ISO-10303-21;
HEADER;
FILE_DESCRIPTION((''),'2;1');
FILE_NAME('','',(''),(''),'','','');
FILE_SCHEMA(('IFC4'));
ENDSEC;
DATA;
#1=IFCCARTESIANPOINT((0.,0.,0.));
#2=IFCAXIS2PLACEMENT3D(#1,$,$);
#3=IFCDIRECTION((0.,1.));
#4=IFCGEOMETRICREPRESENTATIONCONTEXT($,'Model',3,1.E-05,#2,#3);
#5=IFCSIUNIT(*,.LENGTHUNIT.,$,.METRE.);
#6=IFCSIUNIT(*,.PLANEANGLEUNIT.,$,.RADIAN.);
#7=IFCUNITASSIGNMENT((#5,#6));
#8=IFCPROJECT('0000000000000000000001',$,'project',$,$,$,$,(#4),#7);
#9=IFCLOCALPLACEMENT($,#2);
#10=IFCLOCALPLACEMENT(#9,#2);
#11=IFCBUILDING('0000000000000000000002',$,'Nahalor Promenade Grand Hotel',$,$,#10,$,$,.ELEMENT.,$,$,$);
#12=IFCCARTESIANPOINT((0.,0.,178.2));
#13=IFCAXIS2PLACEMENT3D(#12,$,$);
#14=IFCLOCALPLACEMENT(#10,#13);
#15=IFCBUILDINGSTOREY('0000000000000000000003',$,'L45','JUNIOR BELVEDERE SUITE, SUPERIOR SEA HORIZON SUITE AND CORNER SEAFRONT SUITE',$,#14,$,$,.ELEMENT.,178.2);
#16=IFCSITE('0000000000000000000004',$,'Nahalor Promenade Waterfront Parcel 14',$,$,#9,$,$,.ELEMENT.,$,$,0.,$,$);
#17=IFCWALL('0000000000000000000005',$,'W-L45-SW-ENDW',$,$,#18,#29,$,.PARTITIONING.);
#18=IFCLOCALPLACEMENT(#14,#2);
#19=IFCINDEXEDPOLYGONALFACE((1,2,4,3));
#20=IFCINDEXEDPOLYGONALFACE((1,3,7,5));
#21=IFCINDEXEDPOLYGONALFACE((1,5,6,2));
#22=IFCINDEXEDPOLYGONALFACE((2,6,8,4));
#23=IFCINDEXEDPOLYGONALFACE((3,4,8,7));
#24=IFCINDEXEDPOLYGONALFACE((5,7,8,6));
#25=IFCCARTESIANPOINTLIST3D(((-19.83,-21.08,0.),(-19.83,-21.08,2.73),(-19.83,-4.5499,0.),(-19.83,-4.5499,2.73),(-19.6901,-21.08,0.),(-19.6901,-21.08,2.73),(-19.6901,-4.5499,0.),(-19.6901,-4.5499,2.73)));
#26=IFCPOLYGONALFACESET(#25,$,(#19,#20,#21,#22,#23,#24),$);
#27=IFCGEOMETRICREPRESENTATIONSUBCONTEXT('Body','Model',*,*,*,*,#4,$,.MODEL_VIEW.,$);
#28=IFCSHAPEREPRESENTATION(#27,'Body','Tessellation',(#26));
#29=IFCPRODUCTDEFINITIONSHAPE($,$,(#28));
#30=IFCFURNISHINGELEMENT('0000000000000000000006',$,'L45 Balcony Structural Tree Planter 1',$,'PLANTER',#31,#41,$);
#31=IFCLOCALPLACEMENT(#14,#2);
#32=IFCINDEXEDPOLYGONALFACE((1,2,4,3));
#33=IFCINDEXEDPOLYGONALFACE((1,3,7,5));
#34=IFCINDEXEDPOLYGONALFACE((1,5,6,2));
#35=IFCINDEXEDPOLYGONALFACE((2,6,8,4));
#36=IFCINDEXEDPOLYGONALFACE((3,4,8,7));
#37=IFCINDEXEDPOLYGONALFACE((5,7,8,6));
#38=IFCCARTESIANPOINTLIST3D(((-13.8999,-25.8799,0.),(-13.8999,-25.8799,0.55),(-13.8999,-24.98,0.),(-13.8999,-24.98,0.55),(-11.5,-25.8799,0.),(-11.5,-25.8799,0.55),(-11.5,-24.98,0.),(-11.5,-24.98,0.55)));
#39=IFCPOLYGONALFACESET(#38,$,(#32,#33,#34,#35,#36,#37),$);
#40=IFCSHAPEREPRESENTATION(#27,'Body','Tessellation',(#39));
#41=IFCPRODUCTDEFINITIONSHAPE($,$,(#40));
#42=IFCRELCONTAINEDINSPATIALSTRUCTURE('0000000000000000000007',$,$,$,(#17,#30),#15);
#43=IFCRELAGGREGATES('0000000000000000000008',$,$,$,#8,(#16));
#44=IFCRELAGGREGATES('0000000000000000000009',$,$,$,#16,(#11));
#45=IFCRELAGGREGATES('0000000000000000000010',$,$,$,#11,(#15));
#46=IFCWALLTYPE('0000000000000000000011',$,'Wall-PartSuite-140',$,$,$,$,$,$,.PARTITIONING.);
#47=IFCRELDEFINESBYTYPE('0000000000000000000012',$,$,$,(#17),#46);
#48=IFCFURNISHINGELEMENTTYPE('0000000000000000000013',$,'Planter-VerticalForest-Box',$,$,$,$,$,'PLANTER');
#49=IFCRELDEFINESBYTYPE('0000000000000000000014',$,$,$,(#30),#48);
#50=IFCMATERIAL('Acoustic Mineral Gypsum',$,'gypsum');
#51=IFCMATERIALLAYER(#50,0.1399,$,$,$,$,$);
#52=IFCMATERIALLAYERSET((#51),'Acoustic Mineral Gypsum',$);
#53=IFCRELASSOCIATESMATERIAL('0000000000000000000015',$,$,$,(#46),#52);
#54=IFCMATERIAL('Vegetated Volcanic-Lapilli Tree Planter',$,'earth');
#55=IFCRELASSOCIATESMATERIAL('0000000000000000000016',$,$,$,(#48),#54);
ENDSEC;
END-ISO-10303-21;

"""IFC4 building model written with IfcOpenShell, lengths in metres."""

from ifc_helpers import new_model, si_unit, direction, frame, frame_2d, origin, origin_2d, place, context, subcontext, project, spatial, rectangle, extrude, source, transform, mapped, material, layer, layer_set, type_object, element, save


model = new_model("IFC4")

# Units and contexts
model_context = context("Model", 3, precision=1e-05, world=origin(), true_north=direction((0.0, 1.0)))
body_context = subcontext(model_context, "Body", "Model", "MODEL_VIEW")
ifc_project = project(units=[si_unit("LENGTHUNIT", "METRE"), si_unit("PLANEANGLEUNIT", "RADIAN")], contexts=[model_context])

# Site, building, storey
site_placement = place(None, origin())
site = spatial("IfcSite", under=ifc_project, at=site_placement, Name="Nahalor Promenade Waterfront Parcel 14", CompositionType="ELEMENT", RefElevation=0.0)
building_placement = place(site_placement, origin())
building = spatial("IfcBuilding", under=site, at=building_placement, Name="Nahalor Promenade Grand Hotel", CompositionType="ELEMENT")
storey_placement = place(building_placement, frame((0.0, 0.0, 178.2)))
storey = spatial("IfcBuildingStorey", under=building, at=storey_placement, Name="L45", Description="JUNIOR BELVEDERE SUITE, SUPERIOR SEA HORIZON SUITE AND CORNER SEAFRONT SUITE", CompositionType="ELEMENT", Elevation=178.2)

# Shared definitions
ifc_material_1 = material(Name="Acoustic Mineral Gypsum", Category="gypsum")

# Wall
ifc_layer_1 = layer(ifc_material_1, 0.1399)
ifc_layer_set_1 = layer_set([ifc_layer_1], Name="Acoustic Mineral Gypsum")
wall_type_1 = type_object("IfcWallType", Name="Wall-PartSuite-140", PredefinedType="PARTITIONING", material=ifc_layer_set_1)
shared_shape_1 = source(origin(), body_context, "Body", "SweptSolid", [
    extrude(rectangle(XDim=16.53, YDim=0.1399, at=frame_2d((8.2651, 0.0))), origin(), (0.0, 0.0, 1.0), 2.73),
])
wall_1_placement = place(storey_placement, frame((-19.76, -21.0801, 0.0), z_axis=(0.0, 0.0, 1.0), x_axis=(0.0, 1.0, 0.0)))
element("IfcWall", 1, at=wall_1_placement, inside=storey, type_object=wall_type_1, Name="W-L45-SW-ENDW", PredefinedType="PARTITIONING", context=body_context, shape_type="MappedRepresentation", body=[
    mapped(shared_shape_1, transform((0.0, 0.0, 0.0), scale=1.0)),
])

# Furnishing element
ifc_material_2 = material(Name="Vegetated Volcanic-Lapilli Tree Planter", Category="earth")
furnishing_element_type = type_object("IfcFurnishingElementType", Name="Planter-VerticalForest-Box", ElementType="PLANTER", material=ifc_material_2)
shared_shape_2 = source(origin(), body_context, "Body", "SweptSolid", [
    extrude(rectangle(XDim=2.3999, YDim=0.8999, at=origin_2d()), origin(), (0.0, 0.0, 1.0), 0.55),
])
furnishing_placement = place(storey_placement, frame((-12.7, -25.4299, 0.0), z_axis=(0.0, 0.0, 1.0), x_axis=(1.0, 0.0, 0.0)))
element("IfcFurnishingElement", 2, at=furnishing_placement, inside=storey, type_object=furnishing_element_type, Name="L45 Balcony Structural Tree Planter 1", ObjectType="PLANTER", context=body_context, shape_type="MappedRepresentation", body=[
    mapped(shared_shape_2, transform((0.0, 0.0, 0.0), scale=1.0)),
])

save(model, "model.ifc")
